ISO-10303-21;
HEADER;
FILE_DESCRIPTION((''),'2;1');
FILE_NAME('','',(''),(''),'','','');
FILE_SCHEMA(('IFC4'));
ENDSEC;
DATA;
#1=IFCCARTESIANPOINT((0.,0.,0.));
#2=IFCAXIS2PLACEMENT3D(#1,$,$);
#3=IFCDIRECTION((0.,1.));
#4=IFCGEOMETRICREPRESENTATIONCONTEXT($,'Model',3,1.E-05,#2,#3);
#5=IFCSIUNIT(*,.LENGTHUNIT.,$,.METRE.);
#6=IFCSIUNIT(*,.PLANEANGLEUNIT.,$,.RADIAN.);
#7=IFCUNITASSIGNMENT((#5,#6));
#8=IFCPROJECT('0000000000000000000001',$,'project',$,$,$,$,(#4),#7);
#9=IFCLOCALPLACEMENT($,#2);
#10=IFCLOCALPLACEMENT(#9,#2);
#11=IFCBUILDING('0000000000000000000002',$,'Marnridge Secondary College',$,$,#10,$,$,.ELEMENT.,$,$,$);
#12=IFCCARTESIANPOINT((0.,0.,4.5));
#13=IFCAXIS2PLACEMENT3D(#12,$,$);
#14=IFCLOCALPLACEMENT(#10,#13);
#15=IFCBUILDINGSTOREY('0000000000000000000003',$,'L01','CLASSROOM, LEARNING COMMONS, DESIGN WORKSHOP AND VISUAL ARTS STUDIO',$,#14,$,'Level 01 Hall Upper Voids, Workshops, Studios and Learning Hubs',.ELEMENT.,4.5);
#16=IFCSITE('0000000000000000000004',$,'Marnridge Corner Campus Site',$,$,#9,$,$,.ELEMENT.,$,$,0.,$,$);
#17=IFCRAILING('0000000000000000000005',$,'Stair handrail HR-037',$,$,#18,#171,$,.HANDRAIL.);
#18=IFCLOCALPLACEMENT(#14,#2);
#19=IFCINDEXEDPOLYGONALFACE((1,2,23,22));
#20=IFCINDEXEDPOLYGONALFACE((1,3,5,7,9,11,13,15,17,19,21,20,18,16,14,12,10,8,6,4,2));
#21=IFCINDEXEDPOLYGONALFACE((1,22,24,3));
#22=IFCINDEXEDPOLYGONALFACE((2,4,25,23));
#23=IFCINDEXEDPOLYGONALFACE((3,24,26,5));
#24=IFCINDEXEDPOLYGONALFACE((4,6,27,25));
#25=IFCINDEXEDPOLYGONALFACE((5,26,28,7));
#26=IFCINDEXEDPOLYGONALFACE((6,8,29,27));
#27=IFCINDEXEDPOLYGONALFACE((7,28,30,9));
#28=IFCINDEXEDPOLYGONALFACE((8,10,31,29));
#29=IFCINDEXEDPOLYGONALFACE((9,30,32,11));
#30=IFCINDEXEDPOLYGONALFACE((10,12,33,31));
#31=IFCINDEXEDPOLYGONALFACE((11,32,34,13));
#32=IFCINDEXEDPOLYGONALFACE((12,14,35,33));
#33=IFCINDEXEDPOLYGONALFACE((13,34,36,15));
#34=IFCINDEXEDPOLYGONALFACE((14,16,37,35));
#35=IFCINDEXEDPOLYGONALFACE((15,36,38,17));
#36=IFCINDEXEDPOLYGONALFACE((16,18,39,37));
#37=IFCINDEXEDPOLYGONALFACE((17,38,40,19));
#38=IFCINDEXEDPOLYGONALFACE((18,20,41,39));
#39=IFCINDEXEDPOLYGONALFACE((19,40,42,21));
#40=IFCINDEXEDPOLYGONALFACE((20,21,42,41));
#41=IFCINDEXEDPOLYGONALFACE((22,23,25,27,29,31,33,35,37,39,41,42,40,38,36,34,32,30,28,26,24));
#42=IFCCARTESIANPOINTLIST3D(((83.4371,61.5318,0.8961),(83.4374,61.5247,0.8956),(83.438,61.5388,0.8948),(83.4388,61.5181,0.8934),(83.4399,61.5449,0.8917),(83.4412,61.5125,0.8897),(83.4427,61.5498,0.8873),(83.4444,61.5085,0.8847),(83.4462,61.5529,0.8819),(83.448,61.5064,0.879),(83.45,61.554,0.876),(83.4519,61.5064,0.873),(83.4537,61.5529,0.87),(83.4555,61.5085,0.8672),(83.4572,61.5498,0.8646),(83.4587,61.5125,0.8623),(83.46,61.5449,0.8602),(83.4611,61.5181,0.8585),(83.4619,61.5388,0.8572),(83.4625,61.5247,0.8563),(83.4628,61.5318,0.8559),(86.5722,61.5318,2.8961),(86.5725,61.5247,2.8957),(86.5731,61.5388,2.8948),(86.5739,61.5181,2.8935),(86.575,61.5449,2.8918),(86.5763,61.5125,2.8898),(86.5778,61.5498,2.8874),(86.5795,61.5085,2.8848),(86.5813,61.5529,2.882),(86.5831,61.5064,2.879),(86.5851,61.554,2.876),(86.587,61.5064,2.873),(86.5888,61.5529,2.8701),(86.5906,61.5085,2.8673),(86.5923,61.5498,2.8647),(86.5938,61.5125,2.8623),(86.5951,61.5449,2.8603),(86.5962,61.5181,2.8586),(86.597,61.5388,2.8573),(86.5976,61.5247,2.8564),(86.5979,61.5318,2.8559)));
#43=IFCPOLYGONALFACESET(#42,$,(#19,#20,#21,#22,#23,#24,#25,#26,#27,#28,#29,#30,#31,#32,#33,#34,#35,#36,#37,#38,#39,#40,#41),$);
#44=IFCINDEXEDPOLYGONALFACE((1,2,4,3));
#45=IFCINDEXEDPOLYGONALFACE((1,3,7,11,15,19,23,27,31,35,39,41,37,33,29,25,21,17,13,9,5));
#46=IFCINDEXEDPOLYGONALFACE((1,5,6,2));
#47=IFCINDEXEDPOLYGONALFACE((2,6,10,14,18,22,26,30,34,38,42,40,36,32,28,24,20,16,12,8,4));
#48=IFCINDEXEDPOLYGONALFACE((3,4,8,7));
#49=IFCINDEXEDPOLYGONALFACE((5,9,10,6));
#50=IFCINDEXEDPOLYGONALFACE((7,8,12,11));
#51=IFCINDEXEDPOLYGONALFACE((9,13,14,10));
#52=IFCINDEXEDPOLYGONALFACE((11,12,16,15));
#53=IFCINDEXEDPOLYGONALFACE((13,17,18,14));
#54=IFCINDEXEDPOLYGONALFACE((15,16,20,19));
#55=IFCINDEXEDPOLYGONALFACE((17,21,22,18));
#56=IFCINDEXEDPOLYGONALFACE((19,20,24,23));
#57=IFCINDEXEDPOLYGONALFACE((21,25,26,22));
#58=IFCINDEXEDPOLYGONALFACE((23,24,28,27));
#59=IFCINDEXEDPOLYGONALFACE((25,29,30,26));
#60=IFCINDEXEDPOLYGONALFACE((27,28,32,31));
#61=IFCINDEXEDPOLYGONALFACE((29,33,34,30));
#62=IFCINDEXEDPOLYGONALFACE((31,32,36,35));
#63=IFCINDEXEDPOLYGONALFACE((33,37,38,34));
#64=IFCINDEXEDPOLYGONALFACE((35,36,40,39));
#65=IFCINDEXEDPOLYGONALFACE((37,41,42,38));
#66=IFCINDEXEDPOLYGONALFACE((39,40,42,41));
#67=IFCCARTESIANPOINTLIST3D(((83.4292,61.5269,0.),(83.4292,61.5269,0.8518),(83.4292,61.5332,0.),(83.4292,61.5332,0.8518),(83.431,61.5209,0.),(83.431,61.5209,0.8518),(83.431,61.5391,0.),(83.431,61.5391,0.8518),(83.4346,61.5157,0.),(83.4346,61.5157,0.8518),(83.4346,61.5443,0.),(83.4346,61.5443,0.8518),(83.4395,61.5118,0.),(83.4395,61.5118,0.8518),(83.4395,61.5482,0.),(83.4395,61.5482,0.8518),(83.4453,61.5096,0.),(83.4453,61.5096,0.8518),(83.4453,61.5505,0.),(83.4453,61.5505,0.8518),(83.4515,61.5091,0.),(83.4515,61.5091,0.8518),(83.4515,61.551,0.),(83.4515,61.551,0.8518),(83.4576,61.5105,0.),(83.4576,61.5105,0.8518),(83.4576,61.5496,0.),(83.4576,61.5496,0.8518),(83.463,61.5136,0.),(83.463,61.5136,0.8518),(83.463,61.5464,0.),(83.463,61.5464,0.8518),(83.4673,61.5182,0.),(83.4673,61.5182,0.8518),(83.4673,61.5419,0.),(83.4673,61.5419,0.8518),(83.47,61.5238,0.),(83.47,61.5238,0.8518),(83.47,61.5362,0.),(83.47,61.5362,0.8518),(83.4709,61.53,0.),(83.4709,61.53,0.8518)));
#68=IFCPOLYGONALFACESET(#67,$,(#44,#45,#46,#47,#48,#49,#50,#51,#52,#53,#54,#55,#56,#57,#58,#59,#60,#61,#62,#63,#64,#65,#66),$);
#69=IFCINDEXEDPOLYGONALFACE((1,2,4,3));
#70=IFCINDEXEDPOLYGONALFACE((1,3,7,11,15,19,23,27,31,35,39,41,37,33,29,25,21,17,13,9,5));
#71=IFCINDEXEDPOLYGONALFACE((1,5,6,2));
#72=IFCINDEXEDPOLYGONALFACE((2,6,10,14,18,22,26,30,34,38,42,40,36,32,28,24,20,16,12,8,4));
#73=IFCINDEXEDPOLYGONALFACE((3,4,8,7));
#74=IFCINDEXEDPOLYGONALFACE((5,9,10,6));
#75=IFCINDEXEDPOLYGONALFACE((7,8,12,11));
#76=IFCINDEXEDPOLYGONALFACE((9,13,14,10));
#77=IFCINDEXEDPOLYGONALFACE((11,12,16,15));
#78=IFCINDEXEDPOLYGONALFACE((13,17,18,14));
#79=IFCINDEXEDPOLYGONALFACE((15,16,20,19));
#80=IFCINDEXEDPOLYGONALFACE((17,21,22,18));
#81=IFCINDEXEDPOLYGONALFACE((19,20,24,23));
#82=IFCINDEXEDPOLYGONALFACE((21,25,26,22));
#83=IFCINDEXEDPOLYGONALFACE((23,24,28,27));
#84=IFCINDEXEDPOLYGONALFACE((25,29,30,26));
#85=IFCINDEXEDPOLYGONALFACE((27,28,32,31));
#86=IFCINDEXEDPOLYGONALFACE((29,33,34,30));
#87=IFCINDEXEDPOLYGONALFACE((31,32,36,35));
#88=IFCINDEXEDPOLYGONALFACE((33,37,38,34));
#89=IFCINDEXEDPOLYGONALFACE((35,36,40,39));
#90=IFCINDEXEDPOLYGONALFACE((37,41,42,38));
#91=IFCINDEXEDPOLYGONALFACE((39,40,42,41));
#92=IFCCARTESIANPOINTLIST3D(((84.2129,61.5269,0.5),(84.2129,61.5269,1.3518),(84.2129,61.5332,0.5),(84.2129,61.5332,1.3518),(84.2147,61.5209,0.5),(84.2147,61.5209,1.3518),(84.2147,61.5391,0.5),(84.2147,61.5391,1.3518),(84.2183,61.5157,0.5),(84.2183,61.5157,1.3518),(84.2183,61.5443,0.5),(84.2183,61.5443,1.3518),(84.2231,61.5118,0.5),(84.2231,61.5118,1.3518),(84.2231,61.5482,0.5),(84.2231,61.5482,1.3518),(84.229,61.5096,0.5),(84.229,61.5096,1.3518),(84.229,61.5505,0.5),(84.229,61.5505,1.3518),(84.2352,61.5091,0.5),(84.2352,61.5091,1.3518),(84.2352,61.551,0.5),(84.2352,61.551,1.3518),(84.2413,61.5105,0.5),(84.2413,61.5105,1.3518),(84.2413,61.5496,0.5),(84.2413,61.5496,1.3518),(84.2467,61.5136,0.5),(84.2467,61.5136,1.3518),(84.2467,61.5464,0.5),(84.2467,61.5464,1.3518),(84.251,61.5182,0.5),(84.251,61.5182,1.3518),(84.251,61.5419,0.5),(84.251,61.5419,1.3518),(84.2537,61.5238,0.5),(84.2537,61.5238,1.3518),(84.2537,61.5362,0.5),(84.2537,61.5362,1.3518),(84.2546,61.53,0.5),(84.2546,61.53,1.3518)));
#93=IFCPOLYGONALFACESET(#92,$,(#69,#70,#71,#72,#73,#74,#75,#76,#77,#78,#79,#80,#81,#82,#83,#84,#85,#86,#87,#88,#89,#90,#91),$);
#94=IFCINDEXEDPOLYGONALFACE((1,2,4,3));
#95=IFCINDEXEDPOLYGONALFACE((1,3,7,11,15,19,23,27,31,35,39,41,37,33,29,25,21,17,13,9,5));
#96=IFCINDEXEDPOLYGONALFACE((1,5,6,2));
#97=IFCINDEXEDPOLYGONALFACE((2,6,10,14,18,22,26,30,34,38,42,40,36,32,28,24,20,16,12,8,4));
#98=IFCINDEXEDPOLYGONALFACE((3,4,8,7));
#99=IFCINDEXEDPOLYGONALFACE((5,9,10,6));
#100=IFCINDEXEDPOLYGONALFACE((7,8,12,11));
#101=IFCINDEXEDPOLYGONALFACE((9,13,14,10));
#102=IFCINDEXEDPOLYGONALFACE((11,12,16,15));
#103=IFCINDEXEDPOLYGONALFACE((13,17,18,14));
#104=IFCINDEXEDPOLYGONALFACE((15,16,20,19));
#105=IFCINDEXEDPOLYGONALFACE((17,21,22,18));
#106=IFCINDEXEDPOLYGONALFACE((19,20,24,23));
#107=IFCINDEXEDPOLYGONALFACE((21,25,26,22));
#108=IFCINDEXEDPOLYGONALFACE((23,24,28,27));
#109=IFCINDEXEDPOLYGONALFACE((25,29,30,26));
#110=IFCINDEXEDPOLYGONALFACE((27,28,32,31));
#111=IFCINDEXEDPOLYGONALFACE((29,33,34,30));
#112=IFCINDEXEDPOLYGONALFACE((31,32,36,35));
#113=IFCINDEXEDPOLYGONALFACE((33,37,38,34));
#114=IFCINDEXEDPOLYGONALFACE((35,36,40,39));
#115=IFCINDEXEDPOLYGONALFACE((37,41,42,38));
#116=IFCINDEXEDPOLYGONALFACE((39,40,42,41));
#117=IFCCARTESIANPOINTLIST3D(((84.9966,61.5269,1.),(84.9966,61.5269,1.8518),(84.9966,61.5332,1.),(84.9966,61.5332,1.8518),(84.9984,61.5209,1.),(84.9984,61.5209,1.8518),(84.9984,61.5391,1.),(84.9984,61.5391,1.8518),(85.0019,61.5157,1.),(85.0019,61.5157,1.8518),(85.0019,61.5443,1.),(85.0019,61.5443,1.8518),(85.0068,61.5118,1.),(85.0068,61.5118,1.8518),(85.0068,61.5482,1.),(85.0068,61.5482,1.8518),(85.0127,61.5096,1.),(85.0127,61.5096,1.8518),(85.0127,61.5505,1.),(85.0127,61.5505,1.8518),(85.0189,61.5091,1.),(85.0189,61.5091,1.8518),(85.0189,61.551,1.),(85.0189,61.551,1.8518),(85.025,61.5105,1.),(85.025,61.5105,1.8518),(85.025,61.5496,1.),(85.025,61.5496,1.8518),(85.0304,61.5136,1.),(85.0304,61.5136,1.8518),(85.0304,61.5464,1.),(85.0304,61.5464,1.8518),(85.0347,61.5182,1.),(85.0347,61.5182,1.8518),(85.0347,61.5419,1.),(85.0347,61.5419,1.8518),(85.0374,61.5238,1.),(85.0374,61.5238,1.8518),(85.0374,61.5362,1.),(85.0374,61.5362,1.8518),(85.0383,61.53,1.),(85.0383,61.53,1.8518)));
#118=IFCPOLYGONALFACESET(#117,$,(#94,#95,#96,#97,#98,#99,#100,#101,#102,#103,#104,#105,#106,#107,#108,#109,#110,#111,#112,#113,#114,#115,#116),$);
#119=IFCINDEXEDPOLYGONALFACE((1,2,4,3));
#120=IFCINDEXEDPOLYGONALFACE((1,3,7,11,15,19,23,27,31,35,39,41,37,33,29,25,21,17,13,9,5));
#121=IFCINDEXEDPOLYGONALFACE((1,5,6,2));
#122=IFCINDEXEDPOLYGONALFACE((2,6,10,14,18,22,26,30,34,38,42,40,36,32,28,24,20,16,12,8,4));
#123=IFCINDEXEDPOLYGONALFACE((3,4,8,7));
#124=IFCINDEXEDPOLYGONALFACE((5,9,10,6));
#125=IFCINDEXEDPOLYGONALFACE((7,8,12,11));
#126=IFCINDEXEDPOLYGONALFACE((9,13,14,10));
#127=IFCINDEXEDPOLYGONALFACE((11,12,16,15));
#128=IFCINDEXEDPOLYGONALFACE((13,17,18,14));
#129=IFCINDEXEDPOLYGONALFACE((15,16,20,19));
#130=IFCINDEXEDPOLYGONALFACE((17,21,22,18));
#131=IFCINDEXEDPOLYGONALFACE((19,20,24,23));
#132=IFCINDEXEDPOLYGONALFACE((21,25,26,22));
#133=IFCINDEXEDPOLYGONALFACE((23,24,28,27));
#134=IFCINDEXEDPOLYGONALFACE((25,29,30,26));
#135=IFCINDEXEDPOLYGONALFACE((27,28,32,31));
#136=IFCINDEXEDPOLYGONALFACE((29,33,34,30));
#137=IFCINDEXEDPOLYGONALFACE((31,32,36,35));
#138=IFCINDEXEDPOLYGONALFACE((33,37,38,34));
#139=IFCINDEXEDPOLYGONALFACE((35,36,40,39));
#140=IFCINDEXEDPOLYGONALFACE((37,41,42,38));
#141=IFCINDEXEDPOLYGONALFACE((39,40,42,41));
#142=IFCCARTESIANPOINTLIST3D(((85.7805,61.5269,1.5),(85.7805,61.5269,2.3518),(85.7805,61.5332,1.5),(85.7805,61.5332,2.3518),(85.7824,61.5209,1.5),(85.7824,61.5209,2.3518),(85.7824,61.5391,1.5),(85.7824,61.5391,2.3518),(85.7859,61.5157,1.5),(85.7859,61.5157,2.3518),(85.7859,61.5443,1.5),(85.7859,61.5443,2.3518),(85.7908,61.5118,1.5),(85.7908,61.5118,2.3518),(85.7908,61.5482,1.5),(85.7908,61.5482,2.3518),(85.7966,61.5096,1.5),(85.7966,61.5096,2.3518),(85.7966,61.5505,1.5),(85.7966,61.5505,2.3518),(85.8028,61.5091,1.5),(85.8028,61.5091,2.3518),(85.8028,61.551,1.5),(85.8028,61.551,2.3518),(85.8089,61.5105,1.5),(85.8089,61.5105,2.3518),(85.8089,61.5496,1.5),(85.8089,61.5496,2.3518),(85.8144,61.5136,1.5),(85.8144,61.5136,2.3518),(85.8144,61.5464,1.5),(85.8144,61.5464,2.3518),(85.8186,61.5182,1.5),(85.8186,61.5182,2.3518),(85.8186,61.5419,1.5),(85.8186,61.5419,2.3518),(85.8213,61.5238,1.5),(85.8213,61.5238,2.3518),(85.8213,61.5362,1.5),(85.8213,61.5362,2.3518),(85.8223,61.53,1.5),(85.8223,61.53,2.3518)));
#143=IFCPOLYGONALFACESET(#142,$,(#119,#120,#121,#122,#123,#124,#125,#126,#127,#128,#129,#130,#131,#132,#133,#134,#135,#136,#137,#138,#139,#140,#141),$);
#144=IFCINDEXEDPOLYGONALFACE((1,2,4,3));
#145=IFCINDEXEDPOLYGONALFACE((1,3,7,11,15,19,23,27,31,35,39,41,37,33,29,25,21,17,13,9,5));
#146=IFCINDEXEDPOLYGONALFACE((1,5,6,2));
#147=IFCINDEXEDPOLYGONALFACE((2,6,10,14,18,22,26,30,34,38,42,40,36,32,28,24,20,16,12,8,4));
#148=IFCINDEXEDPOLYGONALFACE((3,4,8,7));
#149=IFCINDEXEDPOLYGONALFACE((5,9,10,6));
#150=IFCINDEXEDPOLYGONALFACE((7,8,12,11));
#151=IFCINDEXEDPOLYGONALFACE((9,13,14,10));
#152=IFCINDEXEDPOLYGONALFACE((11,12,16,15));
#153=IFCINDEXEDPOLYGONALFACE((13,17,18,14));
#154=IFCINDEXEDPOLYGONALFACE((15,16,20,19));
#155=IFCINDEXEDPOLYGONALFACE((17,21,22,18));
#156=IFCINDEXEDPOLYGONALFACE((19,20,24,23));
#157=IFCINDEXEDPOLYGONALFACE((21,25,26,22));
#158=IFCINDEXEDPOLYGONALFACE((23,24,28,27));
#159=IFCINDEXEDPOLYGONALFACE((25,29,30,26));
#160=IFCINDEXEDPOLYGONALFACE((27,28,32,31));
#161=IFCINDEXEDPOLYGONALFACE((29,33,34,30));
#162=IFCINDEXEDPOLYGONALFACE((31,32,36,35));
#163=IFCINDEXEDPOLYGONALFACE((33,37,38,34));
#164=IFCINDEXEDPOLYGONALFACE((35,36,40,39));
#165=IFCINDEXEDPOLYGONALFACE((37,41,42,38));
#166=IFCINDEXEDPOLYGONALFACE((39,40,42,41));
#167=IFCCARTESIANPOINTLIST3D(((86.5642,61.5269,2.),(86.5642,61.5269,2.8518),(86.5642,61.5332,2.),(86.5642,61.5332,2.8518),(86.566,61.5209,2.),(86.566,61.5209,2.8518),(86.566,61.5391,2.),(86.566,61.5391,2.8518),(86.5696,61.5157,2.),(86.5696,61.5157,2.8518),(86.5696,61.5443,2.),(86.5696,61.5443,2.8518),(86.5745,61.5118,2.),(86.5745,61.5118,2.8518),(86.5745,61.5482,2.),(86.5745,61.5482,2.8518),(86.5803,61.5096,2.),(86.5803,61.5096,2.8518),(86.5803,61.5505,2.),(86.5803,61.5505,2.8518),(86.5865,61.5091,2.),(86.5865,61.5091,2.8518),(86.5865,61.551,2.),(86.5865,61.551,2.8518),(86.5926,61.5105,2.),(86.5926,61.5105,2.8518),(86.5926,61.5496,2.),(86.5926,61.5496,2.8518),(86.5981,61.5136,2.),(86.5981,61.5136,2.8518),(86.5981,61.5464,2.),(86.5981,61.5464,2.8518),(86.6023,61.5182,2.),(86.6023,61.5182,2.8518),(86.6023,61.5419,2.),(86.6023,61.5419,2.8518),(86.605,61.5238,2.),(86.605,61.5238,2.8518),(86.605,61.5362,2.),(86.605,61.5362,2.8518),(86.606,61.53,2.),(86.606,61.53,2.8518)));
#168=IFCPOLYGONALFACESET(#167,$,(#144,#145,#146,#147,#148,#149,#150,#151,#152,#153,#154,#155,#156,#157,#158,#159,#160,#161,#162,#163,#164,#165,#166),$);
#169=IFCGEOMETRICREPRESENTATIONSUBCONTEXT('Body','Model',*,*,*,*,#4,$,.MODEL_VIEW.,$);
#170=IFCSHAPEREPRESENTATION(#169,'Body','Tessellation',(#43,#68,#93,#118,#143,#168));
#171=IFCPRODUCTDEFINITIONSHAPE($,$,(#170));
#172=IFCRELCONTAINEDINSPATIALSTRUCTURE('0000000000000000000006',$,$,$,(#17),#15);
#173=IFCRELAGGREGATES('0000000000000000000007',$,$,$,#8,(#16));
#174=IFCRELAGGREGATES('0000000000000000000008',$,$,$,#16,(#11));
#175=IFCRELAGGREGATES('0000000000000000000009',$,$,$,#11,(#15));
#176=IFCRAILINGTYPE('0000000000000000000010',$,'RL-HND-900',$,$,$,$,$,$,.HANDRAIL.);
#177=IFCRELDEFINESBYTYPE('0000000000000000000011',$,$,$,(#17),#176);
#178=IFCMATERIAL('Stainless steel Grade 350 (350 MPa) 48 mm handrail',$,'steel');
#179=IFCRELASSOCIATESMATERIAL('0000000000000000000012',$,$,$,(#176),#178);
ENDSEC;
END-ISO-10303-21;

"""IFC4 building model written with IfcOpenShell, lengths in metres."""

from ifc_helpers import new_model, si_unit, direction, frame, origin, origin_2d, place, context, subcontext, project, spatial, circle, extrude, material, type_object, element, save


model = new_model("IFC4")

# Units and contexts
model_context = context("Model", 3, precision=1e-05, world=origin(), true_north=direction((0.0, 1.0)))
body_context = subcontext(model_context, "Body", "Model", "MODEL_VIEW")
ifc_project = project(units=[si_unit("LENGTHUNIT", "METRE"), si_unit("PLANEANGLEUNIT", "RADIAN")], contexts=[model_context])

# Site, building, storey
site_placement = place(None, origin())
site = spatial("IfcSite", under=ifc_project, at=site_placement, Name="Marnridge Corner Campus Site", CompositionType="ELEMENT", RefElevation=0.0)
building_placement = place(site_placement, origin())
building = spatial("IfcBuilding", under=site, at=building_placement, Name="Marnridge Secondary College", CompositionType="ELEMENT")
storey_placement = place(building_placement, frame((0.0, 0.0, 4.5)))
storey = spatial("IfcBuildingStorey", under=building, at=storey_placement, Name="L01", Description="CLASSROOM, LEARNING COMMONS, DESIGN WORKSHOP AND VISUAL ARTS STUDIO", LongName="Level 01 Hall Upper Voids, Workshops, Studios and Learning Hubs", CompositionType="ELEMENT", Elevation=4.5)

# Railing
ifc_material_1 = material(Name="Stainless steel Grade 350 (350 MPa) 48 mm handrail", Category="steel")
railing_type_1 = type_object("IfcRailingType", Name="RL-HND-900", PredefinedType="HANDRAIL", material=ifc_material_1)
for number, where, name in (
    (1, (83.45, 61.53, 0.0), "Stair handrail HR-037"),
):
    element("IfcRailing", number, at=place(storey_placement, frame(where)), inside=storey, type_object=railing_type_1, Name=name, PredefinedType="HANDRAIL", context=body_context, shape_type="SweptSolid", body=[
        extrude(circle(Radius=0.0239, at=origin_2d()), frame((0.0, 0.0, 0.876), z_axis=(0.843053, 0.0, 0.537831), x_axis=(0.0, 1.0, 0.0)), (0.0, 0.0, 1.0), 3.7188),
        extrude(circle(Radius=0.021, at=origin_2d()), origin(), (0.0, 0.0, 1.0), 0.8518),
        extrude(circle(Radius=0.021, at=origin_2d()), frame((0.7837, 0.0, 0.5)), (0.0, 0.0, 1.0), 0.8518),
        extrude(circle(Radius=0.021, at=origin_2d()), frame((1.5674, 0.0, 1.0)), (0.0, 0.0, 1.0), 0.8518),
        extrude(circle(Radius=0.021, at=origin_2d()), frame((2.3513, 0.0, 1.5)), (0.0, 0.0, 1.0), 0.8518),
        extrude(circle(Radius=0.021, at=origin_2d()), frame((3.135, 0.0, 2.0)), (0.0, 0.0, 1.0), 0.8518),
    ])

save(model, "model.ifc")
